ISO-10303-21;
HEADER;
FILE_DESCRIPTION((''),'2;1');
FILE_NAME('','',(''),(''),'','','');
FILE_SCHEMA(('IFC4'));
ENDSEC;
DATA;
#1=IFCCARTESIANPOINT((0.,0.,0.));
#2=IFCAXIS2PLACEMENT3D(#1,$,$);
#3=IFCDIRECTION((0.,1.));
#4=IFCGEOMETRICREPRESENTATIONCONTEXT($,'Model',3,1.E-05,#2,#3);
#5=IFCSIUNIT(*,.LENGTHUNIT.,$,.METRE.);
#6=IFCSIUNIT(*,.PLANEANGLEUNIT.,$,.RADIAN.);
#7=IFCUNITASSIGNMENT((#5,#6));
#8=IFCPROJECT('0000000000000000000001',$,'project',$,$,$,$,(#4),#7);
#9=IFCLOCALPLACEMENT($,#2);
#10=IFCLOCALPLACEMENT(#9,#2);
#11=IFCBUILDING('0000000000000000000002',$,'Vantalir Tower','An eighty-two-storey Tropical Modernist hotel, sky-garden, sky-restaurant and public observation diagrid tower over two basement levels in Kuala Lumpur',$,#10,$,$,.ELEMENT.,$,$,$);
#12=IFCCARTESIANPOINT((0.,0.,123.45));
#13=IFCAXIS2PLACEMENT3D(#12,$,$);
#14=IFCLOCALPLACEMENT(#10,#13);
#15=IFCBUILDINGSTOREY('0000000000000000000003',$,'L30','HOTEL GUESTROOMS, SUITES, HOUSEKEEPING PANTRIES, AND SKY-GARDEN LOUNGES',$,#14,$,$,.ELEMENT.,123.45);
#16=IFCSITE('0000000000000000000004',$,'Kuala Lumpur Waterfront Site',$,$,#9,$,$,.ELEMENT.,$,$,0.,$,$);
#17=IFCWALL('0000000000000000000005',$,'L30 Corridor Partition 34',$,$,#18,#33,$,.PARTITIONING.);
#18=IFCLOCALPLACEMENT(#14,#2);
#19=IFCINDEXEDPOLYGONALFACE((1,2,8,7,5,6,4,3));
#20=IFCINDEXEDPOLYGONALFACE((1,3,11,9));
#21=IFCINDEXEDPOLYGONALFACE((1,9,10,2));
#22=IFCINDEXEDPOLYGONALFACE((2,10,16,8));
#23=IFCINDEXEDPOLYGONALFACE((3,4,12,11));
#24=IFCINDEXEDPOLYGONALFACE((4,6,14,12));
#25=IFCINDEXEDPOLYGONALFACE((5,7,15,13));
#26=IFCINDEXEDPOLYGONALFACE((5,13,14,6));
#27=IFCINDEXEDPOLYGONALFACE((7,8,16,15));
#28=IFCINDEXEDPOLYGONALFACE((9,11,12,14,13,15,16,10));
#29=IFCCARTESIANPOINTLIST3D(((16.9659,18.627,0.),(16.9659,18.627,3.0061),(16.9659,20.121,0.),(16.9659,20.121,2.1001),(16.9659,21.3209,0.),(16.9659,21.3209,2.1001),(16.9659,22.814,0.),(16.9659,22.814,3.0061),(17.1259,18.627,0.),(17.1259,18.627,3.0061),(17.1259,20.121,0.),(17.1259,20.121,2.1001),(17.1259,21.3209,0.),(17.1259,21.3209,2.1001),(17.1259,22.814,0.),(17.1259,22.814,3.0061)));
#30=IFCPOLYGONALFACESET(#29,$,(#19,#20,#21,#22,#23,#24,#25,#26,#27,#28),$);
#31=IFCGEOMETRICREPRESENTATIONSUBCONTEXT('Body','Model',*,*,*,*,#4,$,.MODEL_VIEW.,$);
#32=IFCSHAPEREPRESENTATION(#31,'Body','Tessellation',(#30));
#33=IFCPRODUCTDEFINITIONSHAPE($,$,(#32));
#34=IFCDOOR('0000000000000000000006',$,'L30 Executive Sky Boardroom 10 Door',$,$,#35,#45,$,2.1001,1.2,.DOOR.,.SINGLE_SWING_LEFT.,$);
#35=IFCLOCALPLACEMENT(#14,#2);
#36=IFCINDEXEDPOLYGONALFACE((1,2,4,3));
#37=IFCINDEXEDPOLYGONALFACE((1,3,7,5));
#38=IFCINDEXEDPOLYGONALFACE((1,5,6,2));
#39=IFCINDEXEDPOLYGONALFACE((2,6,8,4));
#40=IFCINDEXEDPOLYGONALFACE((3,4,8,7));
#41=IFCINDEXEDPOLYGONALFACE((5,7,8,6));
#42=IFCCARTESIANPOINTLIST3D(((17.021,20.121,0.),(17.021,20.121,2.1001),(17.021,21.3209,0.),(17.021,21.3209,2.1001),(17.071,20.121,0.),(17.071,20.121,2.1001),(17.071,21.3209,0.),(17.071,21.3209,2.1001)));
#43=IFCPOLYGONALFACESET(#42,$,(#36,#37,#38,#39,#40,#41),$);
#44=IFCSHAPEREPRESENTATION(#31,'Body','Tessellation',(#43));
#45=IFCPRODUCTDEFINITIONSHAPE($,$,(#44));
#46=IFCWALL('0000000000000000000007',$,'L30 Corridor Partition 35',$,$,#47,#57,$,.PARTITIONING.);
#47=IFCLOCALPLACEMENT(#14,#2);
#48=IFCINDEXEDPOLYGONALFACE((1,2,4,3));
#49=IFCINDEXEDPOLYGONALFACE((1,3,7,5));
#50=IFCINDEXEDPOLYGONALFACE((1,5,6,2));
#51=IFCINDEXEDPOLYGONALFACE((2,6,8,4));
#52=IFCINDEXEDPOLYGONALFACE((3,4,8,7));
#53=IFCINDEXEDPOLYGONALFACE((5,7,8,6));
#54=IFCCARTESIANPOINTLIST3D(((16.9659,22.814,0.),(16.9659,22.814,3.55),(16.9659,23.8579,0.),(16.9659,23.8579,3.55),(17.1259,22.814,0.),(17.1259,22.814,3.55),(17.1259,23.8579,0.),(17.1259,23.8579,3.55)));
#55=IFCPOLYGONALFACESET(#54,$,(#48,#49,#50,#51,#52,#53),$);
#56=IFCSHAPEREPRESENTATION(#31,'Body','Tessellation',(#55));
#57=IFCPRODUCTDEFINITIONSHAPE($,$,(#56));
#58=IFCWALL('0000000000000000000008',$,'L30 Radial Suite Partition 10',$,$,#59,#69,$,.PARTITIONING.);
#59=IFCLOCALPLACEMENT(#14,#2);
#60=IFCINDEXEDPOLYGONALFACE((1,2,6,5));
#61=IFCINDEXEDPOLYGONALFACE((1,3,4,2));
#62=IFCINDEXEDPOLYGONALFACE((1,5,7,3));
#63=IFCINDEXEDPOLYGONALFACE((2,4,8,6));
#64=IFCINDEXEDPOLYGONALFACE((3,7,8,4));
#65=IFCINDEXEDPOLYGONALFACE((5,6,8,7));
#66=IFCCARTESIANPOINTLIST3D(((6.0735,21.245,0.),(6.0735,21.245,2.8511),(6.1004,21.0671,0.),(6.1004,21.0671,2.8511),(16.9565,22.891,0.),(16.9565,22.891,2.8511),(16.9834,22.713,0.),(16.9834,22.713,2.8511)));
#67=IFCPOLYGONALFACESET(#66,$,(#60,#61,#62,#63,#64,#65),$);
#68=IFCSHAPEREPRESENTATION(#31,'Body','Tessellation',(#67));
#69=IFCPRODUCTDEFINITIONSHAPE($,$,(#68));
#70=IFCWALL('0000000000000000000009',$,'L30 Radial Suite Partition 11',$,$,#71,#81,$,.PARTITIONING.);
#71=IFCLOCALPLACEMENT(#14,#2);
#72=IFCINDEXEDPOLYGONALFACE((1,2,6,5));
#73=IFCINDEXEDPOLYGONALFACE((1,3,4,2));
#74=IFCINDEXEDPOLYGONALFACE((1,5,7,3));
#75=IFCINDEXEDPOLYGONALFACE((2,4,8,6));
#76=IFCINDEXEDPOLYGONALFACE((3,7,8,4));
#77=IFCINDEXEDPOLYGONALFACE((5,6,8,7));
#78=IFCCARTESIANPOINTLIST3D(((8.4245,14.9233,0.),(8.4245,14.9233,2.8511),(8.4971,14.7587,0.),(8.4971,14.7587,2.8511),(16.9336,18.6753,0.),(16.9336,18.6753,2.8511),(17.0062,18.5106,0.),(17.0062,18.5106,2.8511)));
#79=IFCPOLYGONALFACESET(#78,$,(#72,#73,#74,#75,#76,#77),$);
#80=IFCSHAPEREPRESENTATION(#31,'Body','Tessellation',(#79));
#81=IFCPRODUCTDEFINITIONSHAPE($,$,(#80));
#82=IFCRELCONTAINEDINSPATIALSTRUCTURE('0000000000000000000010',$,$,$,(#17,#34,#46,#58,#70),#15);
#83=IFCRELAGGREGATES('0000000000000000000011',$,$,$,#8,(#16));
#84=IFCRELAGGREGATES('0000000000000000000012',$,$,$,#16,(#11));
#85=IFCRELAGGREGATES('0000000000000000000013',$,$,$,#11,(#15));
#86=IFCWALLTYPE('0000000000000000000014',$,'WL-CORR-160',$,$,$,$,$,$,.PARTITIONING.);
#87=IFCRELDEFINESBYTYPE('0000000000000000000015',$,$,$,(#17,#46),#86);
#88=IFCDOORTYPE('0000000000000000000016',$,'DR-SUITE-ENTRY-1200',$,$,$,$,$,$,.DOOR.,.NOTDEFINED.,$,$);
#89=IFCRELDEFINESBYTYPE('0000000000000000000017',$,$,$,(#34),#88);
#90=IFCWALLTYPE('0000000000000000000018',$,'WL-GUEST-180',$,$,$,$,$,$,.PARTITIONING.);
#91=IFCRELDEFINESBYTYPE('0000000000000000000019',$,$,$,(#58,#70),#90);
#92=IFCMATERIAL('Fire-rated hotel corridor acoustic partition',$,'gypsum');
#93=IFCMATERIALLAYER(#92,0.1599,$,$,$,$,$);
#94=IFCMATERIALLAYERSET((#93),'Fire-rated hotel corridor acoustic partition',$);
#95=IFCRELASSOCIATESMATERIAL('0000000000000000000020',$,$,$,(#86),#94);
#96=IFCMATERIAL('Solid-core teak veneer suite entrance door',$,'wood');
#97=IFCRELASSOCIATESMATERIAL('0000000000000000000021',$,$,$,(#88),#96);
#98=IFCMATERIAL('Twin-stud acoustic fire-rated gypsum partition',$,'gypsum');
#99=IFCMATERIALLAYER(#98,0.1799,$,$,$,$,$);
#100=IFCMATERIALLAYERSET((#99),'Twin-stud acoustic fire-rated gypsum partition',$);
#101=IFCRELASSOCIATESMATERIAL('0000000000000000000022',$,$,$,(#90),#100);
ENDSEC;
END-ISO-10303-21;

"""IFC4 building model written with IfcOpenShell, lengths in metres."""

from ifc_helpers import new_model, si_unit, direction, frame, frame_2d, origin, place, context, subcontext, project, spatial, rectangle, extrude, material, layer, layer_set, type_object, element, fill, save


model = new_model("IFC4")

# Units and contexts
model_context = context("Model", 3, precision=1e-05, world=origin(), true_north=direction((0.0, 1.0)))
body_context = subcontext(model_context, "Body", "Model", "MODEL_VIEW")
ifc_project = project(units=[si_unit("LENGTHUNIT", "METRE"), si_unit("PLANEANGLEUNIT", "RADIAN")], contexts=[model_context])

# Site, building, storey
site_placement = place(None, origin())
site = spatial("IfcSite", under=ifc_project, at=site_placement, Name="Kuala Lumpur Waterfront Site", CompositionType="ELEMENT", RefElevation=0.0)
building_placement = place(site_placement, origin())
building = spatial("IfcBuilding", under=site, at=building_placement, Name="Vantalir Tower", Description="An eighty-two-storey Tropical Modernist hotel, sky-garden, sky-restaurant and public observation diagrid tower over two basement levels in Kuala Lumpur", CompositionType="ELEMENT")
storey_placement = place(building_placement, frame((0.0, 0.0, 123.45)))
storey = spatial("IfcBuildingStorey", under=building, at=storey_placement, Name="L30", Description="HOTEL GUESTROOMS, SUITES, HOUSEKEEPING PANTRIES, AND SKY-GARDEN LOUNGES", CompositionType="ELEMENT", Elevation=123.45)

# Shared definitions
ifc_material_1 = material(Name="Fire-rated hotel corridor acoustic partition", Category="gypsum")
ifc_layer_1 = layer(ifc_material_1, 0.1599)
ifc_layer_set_1 = layer_set([ifc_layer_1], Name="Fire-rated hotel corridor acoustic partition")
wall_type_1 = type_object("IfcWallType", Name="WL-CORR-160", PredefinedType="PARTITIONING", material=ifc_layer_set_1)

# Wall, opening, door
wall_1_placement = place(storey_placement, frame((17.0459, 18.627, 0.0), z_axis=(0.0, 0.0, 1.0), x_axis=(0.0, 1.0, 0.0)))
wall_1 = element("IfcWall", 1, at=wall_1_placement, inside=storey, type_object=wall_type_1, Name="L30 Corridor Partition 34", PredefinedType="PARTITIONING", context=body_context, shape_type="SweptSolid", body=[
    extrude(rectangle(XDim=4.187, YDim=0.1599, at=frame_2d((2.0935, 0.0))), origin(), (0.0, 0.0, 1.0), 3.0061),
])
opening_1_placement = place(wall_1_placement, frame((1.4939, 0.0, 0.0)))
opening_1 = element("IfcOpeningElement", 2, at=opening_1_placement, cuts=wall_1, PredefinedType="OPENING", context=body_context, shape_type="SweptSolid", body=[
    extrude(rectangle(XDim=1.2, YDim=2.1001, at=frame_2d((0.6001, 1.05))), frame((0.0, 0.0898, 0.0), z_axis=(0.0, -1.0, 0.0), x_axis=(1.0, 0.0, 0.0)), (0.0, 0.0, 1.0), 0.1799),
])
ifc_material_2 = material(Name="Solid-core teak veneer suite entrance door", Category="wood")
door_type_1 = type_object("IfcDoorType", Name="DR-SUITE-ENTRY-1200", OperationType="NOTDEFINED", PredefinedType="DOOR", material=ifc_material_2)
door_1_placement = place(opening_1_placement, origin())
door_1 = element("IfcDoor", 3, at=door_1_placement, inside=storey, type_object=door_type_1, Name="L30 Executive Sky Boardroom 10 Door", OperationType="SINGLE_SWING_LEFT", OverallHeight=2.1001, OverallWidth=1.2, PredefinedType="DOOR", context=body_context, shape_type="SweptSolid", body=[
    extrude(rectangle(XDim=1.2, YDim=2.1001, at=frame_2d((0.6001, 1.05))), frame((0.0, 0.0249, 0.0), z_axis=(0.0, -1.0, 0.0), x_axis=(1.0, 0.0, 0.0)), (0.0, 0.0, 1.0), 0.05),
])
fill(opening_1, door_1)

# Walls
wall_2_placement = place(storey_placement, frame((17.0459, 22.814, 0.0), z_axis=(0.0, 0.0, 1.0), x_axis=(0.0, 1.0, 0.0)))
element("IfcWall", 4, at=wall_2_placement, inside=storey, type_object=wall_type_1, Name="L30 Corridor Partition 35", PredefinedType="PARTITIONING", context=body_context, shape_type="SweptSolid", body=[
    extrude(rectangle(XDim=1.0439, YDim=0.1599, at=frame_2d((0.522, 0.0))), origin(), (0.0, 0.0, 1.0), 3.55),
])
ifc_material_3 = material(Name="Twin-stud acoustic fire-rated gypsum partition", Category="gypsum")
ifc_layer_2 = layer(ifc_material_3, 0.1799)
ifc_layer_set_2 = layer_set([ifc_layer_2], Name="Twin-stud acoustic fire-rated gypsum partition")
wall_type_2 = type_object("IfcWallType", Name="WL-GUEST-180", PredefinedType="PARTITIONING", material=ifc_layer_set_2)
wall_3_placement = place(storey_placement, frame((16.97, 22.802, 0.0), z_axis=(0.0, 0.0, 1.0), x_axis=(-0.988755, -0.149543, 0.0)))
element("IfcWall", 5, at=wall_3_placement, inside=storey, type_object=wall_type_2, Name="L30 Radial Suite Partition 10", PredefinedType="PARTITIONING", context=body_context, shape_type="SweptSolid", body=[
    extrude(rectangle(XDim=11.0068, YDim=0.1799, at=frame_2d((5.5034, 0.0))), origin(), (0.0, 0.0, 1.0), 2.8511),
])
wall_4_placement = place(storey_placement, frame((16.97, 18.593, 0.0), z_axis=(0.0, 0.0, 1.0), x_axis=(-0.914998, -0.403457, 0.0)))
element("IfcWall", 6, at=wall_4_placement, inside=storey, type_object=wall_type_2, Name="L30 Radial Suite Partition 11", PredefinedType="PARTITIONING", context=body_context, shape_type="SweptSolid", body=[
    extrude(rectangle(XDim=9.2996, YDim=0.1799, at=frame_2d((4.6499, 0.0))), origin(), (0.0, 0.0, 1.0), 2.8511),
])

save(model, "model.ifc")
